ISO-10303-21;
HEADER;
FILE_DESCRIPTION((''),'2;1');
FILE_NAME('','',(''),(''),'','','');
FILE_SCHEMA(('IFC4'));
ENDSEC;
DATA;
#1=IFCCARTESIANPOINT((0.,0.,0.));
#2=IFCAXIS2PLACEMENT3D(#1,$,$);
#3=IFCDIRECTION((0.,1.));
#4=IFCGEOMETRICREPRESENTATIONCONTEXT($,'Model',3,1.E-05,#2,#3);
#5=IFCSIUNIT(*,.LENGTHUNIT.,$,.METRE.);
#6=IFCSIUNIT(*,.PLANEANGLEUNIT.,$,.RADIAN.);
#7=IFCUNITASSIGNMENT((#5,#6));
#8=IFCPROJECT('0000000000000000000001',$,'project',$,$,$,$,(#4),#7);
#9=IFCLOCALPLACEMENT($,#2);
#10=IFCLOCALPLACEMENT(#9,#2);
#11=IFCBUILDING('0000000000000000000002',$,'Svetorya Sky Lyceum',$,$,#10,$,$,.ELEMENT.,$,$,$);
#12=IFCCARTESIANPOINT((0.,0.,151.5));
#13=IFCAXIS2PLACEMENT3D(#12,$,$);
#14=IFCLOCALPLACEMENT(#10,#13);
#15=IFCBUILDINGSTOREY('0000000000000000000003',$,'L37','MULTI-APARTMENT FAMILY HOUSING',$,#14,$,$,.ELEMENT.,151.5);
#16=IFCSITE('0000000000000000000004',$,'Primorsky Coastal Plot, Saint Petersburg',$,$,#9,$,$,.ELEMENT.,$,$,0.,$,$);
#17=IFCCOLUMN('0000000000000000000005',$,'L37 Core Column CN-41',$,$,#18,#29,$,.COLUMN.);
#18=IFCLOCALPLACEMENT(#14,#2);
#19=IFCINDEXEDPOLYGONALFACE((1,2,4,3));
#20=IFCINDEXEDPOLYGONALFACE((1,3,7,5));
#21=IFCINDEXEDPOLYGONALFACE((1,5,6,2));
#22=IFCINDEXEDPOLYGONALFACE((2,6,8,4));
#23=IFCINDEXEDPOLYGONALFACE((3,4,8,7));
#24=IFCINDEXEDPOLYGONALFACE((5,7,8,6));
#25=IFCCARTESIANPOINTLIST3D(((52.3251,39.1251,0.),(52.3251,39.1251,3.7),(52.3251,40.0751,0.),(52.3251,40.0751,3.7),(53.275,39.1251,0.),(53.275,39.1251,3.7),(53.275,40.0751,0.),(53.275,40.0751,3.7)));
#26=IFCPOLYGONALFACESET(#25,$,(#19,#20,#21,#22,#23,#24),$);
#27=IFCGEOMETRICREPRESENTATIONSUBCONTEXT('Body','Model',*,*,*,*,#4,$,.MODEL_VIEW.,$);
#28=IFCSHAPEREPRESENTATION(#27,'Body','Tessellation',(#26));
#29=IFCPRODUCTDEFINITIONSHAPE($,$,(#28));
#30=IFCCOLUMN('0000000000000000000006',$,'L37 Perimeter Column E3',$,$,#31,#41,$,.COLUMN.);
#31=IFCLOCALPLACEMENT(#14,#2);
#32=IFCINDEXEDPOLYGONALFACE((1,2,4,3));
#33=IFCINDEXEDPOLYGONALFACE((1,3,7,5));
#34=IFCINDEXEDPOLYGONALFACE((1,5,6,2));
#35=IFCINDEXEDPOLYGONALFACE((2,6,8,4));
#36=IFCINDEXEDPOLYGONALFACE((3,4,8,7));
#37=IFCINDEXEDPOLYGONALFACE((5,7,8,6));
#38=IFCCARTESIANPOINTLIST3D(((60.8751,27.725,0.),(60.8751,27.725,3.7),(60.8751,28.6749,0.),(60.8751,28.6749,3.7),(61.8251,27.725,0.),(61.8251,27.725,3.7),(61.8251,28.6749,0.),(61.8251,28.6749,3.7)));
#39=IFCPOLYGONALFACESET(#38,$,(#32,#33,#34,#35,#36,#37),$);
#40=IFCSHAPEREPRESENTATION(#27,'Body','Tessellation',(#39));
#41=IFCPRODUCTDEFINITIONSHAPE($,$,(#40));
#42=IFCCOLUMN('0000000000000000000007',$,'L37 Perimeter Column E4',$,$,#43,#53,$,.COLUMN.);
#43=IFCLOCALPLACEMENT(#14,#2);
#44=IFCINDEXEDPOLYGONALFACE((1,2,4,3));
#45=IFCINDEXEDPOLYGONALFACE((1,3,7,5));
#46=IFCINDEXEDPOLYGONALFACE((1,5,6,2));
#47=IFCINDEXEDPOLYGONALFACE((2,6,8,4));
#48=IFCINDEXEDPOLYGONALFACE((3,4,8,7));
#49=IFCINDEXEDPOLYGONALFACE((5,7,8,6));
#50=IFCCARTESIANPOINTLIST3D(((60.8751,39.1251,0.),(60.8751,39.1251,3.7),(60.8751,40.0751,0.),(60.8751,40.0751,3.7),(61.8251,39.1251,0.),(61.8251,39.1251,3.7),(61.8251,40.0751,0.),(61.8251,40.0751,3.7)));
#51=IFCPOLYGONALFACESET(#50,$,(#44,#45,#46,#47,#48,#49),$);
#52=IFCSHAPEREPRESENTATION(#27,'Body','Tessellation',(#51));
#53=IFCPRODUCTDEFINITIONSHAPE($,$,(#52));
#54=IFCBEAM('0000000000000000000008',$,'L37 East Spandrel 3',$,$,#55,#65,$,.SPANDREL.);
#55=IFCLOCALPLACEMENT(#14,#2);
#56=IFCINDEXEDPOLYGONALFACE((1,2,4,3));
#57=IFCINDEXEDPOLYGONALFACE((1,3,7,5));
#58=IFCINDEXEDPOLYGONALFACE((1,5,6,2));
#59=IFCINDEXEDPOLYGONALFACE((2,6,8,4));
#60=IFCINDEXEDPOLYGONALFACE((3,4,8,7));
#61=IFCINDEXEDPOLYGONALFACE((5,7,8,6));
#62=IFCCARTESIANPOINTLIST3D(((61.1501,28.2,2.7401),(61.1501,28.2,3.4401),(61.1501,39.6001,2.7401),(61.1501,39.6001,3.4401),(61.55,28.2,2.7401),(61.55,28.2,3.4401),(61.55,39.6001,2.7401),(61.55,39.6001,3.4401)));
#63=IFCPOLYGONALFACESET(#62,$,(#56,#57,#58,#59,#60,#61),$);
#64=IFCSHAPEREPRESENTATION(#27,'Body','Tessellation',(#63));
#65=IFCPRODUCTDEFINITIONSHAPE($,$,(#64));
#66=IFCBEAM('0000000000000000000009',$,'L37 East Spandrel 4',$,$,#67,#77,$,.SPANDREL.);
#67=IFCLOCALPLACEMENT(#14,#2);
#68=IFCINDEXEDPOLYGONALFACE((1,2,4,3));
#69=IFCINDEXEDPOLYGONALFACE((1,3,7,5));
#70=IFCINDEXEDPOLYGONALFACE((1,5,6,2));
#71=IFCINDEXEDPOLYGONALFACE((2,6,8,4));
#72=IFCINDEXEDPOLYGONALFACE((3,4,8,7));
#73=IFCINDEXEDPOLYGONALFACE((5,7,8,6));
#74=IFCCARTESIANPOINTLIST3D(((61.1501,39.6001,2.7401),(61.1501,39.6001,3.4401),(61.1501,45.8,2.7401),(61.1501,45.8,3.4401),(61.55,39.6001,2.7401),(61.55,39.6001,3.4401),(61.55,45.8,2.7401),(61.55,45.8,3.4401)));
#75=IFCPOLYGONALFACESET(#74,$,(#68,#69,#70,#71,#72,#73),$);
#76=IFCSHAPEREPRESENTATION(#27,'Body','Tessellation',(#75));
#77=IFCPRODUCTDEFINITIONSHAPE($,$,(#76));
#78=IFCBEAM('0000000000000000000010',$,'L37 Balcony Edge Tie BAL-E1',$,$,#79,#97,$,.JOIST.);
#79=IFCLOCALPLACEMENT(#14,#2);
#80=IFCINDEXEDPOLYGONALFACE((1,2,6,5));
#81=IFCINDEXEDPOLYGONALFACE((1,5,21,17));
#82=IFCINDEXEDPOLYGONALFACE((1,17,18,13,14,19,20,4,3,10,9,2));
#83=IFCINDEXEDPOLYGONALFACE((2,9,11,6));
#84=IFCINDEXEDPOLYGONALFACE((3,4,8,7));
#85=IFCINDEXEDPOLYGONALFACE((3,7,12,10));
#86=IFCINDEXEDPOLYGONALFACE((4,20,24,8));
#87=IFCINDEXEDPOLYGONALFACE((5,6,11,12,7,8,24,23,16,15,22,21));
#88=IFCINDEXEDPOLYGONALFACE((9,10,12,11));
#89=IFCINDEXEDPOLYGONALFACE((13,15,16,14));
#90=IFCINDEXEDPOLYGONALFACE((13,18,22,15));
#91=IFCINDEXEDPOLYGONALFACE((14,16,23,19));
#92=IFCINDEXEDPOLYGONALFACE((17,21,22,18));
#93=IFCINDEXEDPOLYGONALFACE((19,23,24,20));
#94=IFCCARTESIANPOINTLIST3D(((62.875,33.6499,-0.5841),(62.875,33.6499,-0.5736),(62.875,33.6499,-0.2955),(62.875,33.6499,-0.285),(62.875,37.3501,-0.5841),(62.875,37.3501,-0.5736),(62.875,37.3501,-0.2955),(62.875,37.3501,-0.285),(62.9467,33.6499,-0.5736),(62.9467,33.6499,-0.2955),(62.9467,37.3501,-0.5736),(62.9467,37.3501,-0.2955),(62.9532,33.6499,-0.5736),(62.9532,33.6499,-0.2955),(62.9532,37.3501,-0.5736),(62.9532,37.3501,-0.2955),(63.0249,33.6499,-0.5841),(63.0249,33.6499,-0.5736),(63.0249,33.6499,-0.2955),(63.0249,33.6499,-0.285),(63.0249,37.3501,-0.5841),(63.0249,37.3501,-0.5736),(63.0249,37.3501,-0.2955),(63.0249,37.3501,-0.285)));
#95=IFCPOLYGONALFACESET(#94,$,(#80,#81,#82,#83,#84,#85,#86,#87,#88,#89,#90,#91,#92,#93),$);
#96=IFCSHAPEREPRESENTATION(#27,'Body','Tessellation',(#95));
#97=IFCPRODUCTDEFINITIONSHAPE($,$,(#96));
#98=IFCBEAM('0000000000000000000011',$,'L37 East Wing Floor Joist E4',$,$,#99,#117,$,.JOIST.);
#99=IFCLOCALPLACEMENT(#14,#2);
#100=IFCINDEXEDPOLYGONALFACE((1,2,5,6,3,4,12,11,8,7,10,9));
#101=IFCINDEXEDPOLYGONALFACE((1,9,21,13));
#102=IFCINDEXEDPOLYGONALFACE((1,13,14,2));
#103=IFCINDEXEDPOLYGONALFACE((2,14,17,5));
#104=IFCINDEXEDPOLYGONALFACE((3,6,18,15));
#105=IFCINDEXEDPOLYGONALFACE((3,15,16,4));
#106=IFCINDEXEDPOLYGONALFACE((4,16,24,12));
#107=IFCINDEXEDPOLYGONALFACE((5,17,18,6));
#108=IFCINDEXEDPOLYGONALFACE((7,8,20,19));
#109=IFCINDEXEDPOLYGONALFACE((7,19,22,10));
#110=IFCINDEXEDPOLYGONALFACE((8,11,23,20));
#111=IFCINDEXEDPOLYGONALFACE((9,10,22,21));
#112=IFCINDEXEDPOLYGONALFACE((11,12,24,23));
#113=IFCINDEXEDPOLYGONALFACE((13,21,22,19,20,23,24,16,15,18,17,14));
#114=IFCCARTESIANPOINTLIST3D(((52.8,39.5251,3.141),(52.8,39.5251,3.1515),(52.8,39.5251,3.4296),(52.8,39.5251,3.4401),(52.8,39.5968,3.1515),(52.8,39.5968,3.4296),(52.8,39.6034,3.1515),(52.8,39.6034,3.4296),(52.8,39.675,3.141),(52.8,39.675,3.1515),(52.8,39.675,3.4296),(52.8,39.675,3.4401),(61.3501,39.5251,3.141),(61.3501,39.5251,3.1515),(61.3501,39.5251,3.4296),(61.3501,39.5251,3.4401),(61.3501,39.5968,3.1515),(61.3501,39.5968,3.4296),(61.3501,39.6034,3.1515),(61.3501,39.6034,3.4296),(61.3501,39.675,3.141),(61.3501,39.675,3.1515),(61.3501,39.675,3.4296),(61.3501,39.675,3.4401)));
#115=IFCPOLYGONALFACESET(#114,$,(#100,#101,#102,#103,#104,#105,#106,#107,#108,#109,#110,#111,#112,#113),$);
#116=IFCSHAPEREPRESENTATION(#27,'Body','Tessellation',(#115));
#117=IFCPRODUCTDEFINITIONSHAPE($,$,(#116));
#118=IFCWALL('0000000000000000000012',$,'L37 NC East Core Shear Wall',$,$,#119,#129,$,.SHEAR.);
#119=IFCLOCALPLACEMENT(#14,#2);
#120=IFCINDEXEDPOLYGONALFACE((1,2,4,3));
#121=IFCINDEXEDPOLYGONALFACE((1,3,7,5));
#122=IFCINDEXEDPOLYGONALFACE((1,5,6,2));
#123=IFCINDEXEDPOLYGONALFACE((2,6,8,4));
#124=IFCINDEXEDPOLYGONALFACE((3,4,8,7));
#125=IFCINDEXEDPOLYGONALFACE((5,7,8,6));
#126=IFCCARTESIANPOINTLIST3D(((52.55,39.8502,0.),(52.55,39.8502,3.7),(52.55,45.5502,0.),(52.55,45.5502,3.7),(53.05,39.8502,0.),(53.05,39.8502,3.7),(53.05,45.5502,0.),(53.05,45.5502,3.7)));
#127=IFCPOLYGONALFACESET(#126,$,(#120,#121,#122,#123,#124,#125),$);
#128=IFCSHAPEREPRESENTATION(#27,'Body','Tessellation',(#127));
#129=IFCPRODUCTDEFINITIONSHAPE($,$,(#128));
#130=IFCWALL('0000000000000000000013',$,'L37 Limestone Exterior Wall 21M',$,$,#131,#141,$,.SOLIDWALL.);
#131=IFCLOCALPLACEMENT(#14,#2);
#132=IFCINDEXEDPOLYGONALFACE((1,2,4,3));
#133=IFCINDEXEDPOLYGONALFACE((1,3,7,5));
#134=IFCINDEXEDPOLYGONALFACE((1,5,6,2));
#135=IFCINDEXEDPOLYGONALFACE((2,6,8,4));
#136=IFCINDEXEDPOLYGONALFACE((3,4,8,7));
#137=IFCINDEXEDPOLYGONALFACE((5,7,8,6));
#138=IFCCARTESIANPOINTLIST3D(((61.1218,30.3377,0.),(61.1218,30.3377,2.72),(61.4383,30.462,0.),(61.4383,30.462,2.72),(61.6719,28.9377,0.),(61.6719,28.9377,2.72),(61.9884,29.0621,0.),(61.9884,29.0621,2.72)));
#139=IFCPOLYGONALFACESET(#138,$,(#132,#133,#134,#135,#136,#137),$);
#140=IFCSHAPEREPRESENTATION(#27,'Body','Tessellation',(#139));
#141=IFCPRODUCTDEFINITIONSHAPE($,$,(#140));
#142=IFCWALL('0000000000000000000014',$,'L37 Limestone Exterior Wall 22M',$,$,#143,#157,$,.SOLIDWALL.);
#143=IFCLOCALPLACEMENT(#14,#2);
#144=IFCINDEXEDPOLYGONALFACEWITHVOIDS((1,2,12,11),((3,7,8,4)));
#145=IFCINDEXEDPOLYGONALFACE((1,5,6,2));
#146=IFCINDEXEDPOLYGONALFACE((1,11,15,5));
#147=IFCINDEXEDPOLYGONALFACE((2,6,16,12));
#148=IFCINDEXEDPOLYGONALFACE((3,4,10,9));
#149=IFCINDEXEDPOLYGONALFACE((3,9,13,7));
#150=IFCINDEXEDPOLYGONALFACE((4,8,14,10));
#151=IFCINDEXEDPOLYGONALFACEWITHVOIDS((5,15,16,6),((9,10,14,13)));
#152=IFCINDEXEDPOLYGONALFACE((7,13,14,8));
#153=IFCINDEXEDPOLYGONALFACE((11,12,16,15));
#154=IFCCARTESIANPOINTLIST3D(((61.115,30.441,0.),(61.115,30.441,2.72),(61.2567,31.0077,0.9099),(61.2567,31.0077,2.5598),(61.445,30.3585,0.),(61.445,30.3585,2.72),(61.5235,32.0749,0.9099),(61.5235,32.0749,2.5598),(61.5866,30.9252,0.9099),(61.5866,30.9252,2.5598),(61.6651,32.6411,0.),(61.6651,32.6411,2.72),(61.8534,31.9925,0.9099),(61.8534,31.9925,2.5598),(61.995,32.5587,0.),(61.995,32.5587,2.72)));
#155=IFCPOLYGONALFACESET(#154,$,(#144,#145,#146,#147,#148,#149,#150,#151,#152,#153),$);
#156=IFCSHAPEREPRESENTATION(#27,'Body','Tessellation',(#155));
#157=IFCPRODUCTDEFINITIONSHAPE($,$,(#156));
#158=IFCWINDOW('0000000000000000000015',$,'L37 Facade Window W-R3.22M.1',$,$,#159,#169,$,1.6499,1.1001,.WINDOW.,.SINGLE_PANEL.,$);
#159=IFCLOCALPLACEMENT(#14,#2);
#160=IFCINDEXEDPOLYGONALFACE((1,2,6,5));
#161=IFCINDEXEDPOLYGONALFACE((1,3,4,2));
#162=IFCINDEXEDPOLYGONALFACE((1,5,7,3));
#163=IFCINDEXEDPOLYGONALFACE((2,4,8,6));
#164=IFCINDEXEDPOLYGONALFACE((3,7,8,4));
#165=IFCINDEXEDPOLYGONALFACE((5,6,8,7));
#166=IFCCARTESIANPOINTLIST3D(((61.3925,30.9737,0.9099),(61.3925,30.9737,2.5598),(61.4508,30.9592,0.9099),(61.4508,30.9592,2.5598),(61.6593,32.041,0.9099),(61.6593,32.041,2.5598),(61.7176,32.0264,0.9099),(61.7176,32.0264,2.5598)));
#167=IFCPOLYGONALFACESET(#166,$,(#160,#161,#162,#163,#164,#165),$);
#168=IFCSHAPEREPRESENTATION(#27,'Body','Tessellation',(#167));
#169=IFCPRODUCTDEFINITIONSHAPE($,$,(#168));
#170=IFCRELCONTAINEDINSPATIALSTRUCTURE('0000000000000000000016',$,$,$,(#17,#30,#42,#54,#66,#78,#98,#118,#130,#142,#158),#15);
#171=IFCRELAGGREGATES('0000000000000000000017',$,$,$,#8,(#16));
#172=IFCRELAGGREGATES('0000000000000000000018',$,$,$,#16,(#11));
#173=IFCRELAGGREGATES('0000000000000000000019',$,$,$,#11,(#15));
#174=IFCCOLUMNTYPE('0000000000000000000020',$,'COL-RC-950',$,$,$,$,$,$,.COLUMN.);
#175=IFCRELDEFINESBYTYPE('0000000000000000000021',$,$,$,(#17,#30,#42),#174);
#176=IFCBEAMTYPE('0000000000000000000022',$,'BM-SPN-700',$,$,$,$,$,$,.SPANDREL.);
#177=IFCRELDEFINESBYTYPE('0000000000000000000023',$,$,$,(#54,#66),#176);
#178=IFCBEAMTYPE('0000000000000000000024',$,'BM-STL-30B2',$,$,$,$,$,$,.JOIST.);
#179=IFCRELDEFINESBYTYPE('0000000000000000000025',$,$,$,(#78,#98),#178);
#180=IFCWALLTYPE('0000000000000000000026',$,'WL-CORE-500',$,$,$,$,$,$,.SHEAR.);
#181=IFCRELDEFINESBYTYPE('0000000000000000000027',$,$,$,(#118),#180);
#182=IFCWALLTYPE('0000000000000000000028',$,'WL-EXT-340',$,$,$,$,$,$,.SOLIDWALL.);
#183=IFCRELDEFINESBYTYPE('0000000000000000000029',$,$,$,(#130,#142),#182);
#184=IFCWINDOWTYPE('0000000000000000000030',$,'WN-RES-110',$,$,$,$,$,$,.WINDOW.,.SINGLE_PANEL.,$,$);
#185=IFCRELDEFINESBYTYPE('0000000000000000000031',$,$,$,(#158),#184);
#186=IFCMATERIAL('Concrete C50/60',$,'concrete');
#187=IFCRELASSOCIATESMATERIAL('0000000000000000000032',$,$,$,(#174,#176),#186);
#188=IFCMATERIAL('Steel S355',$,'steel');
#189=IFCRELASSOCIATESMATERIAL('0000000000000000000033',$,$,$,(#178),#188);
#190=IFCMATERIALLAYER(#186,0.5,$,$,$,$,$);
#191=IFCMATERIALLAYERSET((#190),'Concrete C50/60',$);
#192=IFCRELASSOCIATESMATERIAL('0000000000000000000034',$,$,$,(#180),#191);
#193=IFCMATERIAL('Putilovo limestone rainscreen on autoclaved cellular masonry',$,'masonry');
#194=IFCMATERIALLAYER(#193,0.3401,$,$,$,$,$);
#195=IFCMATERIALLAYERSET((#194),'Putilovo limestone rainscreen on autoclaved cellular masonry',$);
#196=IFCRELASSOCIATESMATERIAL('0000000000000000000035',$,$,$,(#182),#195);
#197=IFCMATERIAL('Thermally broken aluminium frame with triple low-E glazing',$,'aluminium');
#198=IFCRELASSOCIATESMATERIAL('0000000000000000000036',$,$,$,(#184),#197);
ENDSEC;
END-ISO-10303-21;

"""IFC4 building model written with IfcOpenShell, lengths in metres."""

from ifc_helpers import new_model, si_unit, direction, frame, frame_2d, origin, origin_2d, place, context, subcontext, project, spatial, rectangle, i_section, extrude, material, layer, layer_set, material_profile, profile_set, type_object, element, fill, save


model = new_model("IFC4")

# Units and contexts
model_context = context("Model", 3, precision=1e-05, world=origin(), true_north=direction((0.0, 1.0)))
body_context = subcontext(model_context, "Body", "Model", "MODEL_VIEW")
ifc_project = project(units=[si_unit("LENGTHUNIT", "METRE"), si_unit("PLANEANGLEUNIT", "RADIAN")], contexts=[model_context])

# Site, building, storey
site_placement = place(None, origin())
site = spatial("IfcSite", under=ifc_project, at=site_placement, Name="Primorsky Coastal Plot, Saint Petersburg", CompositionType="ELEMENT", RefElevation=0.0)
building_placement = place(site_placement, origin())
building = spatial("IfcBuilding", under=site, at=building_placement, Name="Svetorya Sky Lyceum", CompositionType="ELEMENT")
storey_placement = place(building_placement, frame((0.0, 0.0, 151.5)))
storey = spatial("IfcBuildingStorey", under=building, at=storey_placement, Name="L37", Description="MULTI-APARTMENT FAMILY HOUSING", CompositionType="ELEMENT", Elevation=151.5)

# Columns
ifc_material_1 = material(Name="Concrete C50/60", Category="concrete")
ifc_material_profile_1 = material_profile(ifc_material_1, rectangle(XDim=0.95, YDim=0.95, at=origin_2d()), Name="RC COL 950x950")
ifc_profile_set_1 = profile_set([ifc_material_profile_1], Name="Concrete C50/60")
column_type = type_object("IfcColumnType", Name="COL-RC-950", PredefinedType="COLUMN", material=ifc_profile_set_1)
for number, where, z_axis, x_axis, name in (
    (1, (52.8, 39.6001, 0.0), (0.0, 0.0, 1.0), (1.0, 0.0, 0.0), "L37 Core Column CN-41"),
    (2, (61.3501, 28.2, 0.0), (0.0, 0.0, 1.0), (1.0, 0.0, 0.0), "L37 Perimeter Column E3"),
    (3, (61.3501, 39.6001, 0.0), (0.0, 0.0, 1.0), (1.0, 0.0, 0.0), "L37 Perimeter Column E4"),
):
    element("IfcColumn", number, at=place(storey_placement, frame(where, z_axis=z_axis, x_axis=x_axis)), inside=storey, type_object=column_type, Name=name, PredefinedType="COLUMN", context=body_context, shape_type="SweptSolid", body=[
        extrude(rectangle(XDim=0.95, YDim=0.95, at=origin_2d()), origin(), (0.0, 0.0, 1.0), 3.7),
    ])

# Beams
ifc_material_profile_2 = material_profile(ifc_material_1, rectangle(XDim=0.3999, YDim=0.7, at=origin_2d()), Name="RC SPANDREL 400x700")
ifc_profile_set_2 = profile_set([ifc_material_profile_2], Name="Concrete C50/60")
beam_type_1 = type_object("IfcBeamType", Name="BM-SPN-700", PredefinedType="SPANDREL", material=ifc_profile_set_2)
beam_1_placement = place(storey_placement, frame((61.3501, 28.2, 3.0901), z_axis=(0.0, 1.0, 0.0), x_axis=(-1.0, 0.0, 0.0)))
element("IfcBeam", 4, at=beam_1_placement, inside=storey, type_object=beam_type_1, Name="L37 East Spandrel 3", PredefinedType="SPANDREL", context=body_context, shape_type="SweptSolid", body=[
    extrude(rectangle(XDim=0.3999, YDim=0.7, at=origin_2d()), origin(), (0.0, 0.0, 1.0), 11.4001),
])
beam_2_placement = place(storey_placement, frame((61.3501, 39.6001, 3.0901), z_axis=(0.0, 1.0, 0.0), x_axis=(-1.0, 0.0, 0.0)))
element("IfcBeam", 5, at=beam_2_placement, inside=storey, type_object=beam_type_1, Name="L37 East Spandrel 4", PredefinedType="SPANDREL", context=body_context, shape_type="SweptSolid", body=[
    extrude(rectangle(XDim=0.3999, YDim=0.7, at=origin_2d()), origin(), (0.0, 0.0, 1.0), 6.2),
])
ifc_material_2 = material(Name="Steel S355", Category="steel")
ifc_material_profile_3 = material_profile(ifc_material_2, i_section(OverallWidth=0.1499, OverallDepth=0.2991, WebThickness=0.0066, FlangeThickness=0.0105, at=origin_2d()), Name="GOST 30B2")
ifc_profile_set_3 = profile_set([ifc_material_profile_3], Name="Steel S355")
beam_type_2 = type_object("IfcBeamType", Name="BM-STL-30B2", PredefinedType="JOIST", material=ifc_profile_set_3)
beam_3_placement = place(storey_placement, frame((62.95, 33.6499, -0.4346), z_axis=(0.0, 1.0, 0.0), x_axis=(-1.0, 0.0, 0.0)))
element("IfcBeam", 6, at=beam_3_placement, inside=storey, type_object=beam_type_2, Name="L37 Balcony Edge Tie BAL-E1", PredefinedType="JOIST", context=body_context, shape_type="SweptSolid", body=[
    extrude(i_section(OverallWidth=0.1499, OverallDepth=0.2991, WebThickness=0.0066, FlangeThickness=0.0105, at=origin_2d()), origin(), (0.0, 0.0, 1.0), 3.7002),
])
beam_4_placement = place(storey_placement, frame((52.8, 39.6001, 3.2905), z_axis=(1.0, 0.0, 0.0), x_axis=(0.0, 1.0, 0.0)))
element("IfcBeam", 7, at=beam_4_placement, inside=storey, type_object=beam_type_2, Name="L37 East Wing Floor Joist E4", PredefinedType="JOIST", context=body_context, shape_type="SweptSolid", body=[
    extrude(i_section(OverallWidth=0.1499, OverallDepth=0.2991, WebThickness=0.0066, FlangeThickness=0.0105, at=origin_2d()), origin(), (0.0, 0.0, 1.0), 8.55),
])

# Walls
ifc_layer_1 = layer(ifc_material_1, 0.5)
ifc_layer_set_1 = layer_set([ifc_layer_1], Name="Concrete C50/60")
wall_type_1 = type_object("IfcWallType", Name="WL-CORE-500", PredefinedType="SHEAR", material=ifc_layer_set_1)
wall_1_placement = place(storey_placement, frame((52.8, 39.8501, 0.0), z_axis=(0.0, 0.0, 1.0), x_axis=(0.0, 1.0, 0.0)))
element("IfcWall", 8, at=wall_1_placement, inside=storey, type_object=wall_type_1, Name="L37 NC East Core Shear Wall", PredefinedType="SHEAR", context=body_context, shape_type="SweptSolid", body=[
    extrude(rectangle(XDim=5.7, YDim=0.5, at=frame_2d((2.8501, 0.0))), origin(), (0.0, 0.0, 1.0), 3.7),
])
ifc_material_3 = material(Name="Putilovo limestone rainscreen on autoclaved cellular masonry", Category="masonry")
ifc_layer_2 = layer(ifc_material_3, 0.3401)
ifc_layer_set_2 = layer_set([ifc_layer_2], Name="Putilovo limestone rainscreen on autoclaved cellular masonry")
wall_type_2 = type_object("IfcWallType", Name="WL-EXT-340", PredefinedType="SOLIDWALL", material=ifc_layer_set_2)
wall_2_placement = place(storey_placement, frame((61.8301, 29.0, 0.0), z_axis=(0.0, 0.0, 1.0), x_axis=(-0.365703, 0.930732, 0.0)))
element("IfcWall", 9, at=wall_2_placement, inside=storey, type_object=wall_type_2, Name="L37 Limestone Exterior Wall 21M", PredefinedType="SOLIDWALL", context=body_context, shape_type="SweptSolid", body=[
    extrude(rectangle(XDim=1.5042, YDim=0.3401, at=frame_2d((0.752, 0.0))), origin(), (0.0, 0.0, 1.0), 2.72),
])

# Wall, opening, window
wall_3_placement = place(storey_placement, frame((61.28, 30.3999, 0.0), z_axis=(0.0, 0.0, 1.0), x_axis=(0.242536, 0.970143, 0.0)))
wall_3 = element("IfcWall", 10, at=wall_3_placement, inside=storey, type_object=wall_type_2, Name="L37 Limestone Exterior Wall 22M", PredefinedType="SOLIDWALL", context=body_context, shape_type="SweptSolid", body=[
    extrude(rectangle(XDim=2.2678, YDim=0.3401, at=frame_2d((1.1338, 0.0))), origin(), (0.0, 0.0, 1.0), 2.72),
])
opening_1_placement = place(wall_3_placement, frame((0.584, 0.0, 0.9099)))
opening_1 = element("IfcOpeningElement", 11, at=opening_1_placement, cuts=wall_3, PredefinedType="OPENING", context=body_context, shape_type="SweptSolid", body=[
    extrude(rectangle(XDim=1.1001, YDim=1.6499, at=frame_2d((0.55, 0.825))), frame((0.0, 0.1799, 0.0), z_axis=(0.0, -1.0, 0.0), x_axis=(1.0, 0.0, 0.0)), (0.0, 0.0, 1.0), 0.3601),
])
ifc_material_4 = material(Name="Thermally broken aluminium frame with triple low-E glazing", Category="aluminium")
window_type_1 = type_object("IfcWindowType", Name="WN-RES-110", PartitioningType="SINGLE_PANEL", PredefinedType="WINDOW", material=ifc_material_4)
window_1_placement = place(opening_1_placement, origin())
window_1 = element("IfcWindow", 12, at=window_1_placement, inside=storey, type_object=window_type_1, Name="L37 Facade Window W-R3.22M.1", OverallHeight=1.6499, OverallWidth=1.1001, PartitioningType="SINGLE_PANEL", PredefinedType="WINDOW", context=body_context, shape_type="SweptSolid", body=[
    extrude(rectangle(XDim=1.1001, YDim=1.6499, at=frame_2d((0.55, 0.825))), frame((0.0, 0.03, 0.0), z_axis=(0.0, -1.0, 0.0), x_axis=(1.0, 0.0, 0.0)), (0.0, 0.0, 1.0), 0.0601),
])
fill(opening_1, window_1)

save(model, "model.ifc")
